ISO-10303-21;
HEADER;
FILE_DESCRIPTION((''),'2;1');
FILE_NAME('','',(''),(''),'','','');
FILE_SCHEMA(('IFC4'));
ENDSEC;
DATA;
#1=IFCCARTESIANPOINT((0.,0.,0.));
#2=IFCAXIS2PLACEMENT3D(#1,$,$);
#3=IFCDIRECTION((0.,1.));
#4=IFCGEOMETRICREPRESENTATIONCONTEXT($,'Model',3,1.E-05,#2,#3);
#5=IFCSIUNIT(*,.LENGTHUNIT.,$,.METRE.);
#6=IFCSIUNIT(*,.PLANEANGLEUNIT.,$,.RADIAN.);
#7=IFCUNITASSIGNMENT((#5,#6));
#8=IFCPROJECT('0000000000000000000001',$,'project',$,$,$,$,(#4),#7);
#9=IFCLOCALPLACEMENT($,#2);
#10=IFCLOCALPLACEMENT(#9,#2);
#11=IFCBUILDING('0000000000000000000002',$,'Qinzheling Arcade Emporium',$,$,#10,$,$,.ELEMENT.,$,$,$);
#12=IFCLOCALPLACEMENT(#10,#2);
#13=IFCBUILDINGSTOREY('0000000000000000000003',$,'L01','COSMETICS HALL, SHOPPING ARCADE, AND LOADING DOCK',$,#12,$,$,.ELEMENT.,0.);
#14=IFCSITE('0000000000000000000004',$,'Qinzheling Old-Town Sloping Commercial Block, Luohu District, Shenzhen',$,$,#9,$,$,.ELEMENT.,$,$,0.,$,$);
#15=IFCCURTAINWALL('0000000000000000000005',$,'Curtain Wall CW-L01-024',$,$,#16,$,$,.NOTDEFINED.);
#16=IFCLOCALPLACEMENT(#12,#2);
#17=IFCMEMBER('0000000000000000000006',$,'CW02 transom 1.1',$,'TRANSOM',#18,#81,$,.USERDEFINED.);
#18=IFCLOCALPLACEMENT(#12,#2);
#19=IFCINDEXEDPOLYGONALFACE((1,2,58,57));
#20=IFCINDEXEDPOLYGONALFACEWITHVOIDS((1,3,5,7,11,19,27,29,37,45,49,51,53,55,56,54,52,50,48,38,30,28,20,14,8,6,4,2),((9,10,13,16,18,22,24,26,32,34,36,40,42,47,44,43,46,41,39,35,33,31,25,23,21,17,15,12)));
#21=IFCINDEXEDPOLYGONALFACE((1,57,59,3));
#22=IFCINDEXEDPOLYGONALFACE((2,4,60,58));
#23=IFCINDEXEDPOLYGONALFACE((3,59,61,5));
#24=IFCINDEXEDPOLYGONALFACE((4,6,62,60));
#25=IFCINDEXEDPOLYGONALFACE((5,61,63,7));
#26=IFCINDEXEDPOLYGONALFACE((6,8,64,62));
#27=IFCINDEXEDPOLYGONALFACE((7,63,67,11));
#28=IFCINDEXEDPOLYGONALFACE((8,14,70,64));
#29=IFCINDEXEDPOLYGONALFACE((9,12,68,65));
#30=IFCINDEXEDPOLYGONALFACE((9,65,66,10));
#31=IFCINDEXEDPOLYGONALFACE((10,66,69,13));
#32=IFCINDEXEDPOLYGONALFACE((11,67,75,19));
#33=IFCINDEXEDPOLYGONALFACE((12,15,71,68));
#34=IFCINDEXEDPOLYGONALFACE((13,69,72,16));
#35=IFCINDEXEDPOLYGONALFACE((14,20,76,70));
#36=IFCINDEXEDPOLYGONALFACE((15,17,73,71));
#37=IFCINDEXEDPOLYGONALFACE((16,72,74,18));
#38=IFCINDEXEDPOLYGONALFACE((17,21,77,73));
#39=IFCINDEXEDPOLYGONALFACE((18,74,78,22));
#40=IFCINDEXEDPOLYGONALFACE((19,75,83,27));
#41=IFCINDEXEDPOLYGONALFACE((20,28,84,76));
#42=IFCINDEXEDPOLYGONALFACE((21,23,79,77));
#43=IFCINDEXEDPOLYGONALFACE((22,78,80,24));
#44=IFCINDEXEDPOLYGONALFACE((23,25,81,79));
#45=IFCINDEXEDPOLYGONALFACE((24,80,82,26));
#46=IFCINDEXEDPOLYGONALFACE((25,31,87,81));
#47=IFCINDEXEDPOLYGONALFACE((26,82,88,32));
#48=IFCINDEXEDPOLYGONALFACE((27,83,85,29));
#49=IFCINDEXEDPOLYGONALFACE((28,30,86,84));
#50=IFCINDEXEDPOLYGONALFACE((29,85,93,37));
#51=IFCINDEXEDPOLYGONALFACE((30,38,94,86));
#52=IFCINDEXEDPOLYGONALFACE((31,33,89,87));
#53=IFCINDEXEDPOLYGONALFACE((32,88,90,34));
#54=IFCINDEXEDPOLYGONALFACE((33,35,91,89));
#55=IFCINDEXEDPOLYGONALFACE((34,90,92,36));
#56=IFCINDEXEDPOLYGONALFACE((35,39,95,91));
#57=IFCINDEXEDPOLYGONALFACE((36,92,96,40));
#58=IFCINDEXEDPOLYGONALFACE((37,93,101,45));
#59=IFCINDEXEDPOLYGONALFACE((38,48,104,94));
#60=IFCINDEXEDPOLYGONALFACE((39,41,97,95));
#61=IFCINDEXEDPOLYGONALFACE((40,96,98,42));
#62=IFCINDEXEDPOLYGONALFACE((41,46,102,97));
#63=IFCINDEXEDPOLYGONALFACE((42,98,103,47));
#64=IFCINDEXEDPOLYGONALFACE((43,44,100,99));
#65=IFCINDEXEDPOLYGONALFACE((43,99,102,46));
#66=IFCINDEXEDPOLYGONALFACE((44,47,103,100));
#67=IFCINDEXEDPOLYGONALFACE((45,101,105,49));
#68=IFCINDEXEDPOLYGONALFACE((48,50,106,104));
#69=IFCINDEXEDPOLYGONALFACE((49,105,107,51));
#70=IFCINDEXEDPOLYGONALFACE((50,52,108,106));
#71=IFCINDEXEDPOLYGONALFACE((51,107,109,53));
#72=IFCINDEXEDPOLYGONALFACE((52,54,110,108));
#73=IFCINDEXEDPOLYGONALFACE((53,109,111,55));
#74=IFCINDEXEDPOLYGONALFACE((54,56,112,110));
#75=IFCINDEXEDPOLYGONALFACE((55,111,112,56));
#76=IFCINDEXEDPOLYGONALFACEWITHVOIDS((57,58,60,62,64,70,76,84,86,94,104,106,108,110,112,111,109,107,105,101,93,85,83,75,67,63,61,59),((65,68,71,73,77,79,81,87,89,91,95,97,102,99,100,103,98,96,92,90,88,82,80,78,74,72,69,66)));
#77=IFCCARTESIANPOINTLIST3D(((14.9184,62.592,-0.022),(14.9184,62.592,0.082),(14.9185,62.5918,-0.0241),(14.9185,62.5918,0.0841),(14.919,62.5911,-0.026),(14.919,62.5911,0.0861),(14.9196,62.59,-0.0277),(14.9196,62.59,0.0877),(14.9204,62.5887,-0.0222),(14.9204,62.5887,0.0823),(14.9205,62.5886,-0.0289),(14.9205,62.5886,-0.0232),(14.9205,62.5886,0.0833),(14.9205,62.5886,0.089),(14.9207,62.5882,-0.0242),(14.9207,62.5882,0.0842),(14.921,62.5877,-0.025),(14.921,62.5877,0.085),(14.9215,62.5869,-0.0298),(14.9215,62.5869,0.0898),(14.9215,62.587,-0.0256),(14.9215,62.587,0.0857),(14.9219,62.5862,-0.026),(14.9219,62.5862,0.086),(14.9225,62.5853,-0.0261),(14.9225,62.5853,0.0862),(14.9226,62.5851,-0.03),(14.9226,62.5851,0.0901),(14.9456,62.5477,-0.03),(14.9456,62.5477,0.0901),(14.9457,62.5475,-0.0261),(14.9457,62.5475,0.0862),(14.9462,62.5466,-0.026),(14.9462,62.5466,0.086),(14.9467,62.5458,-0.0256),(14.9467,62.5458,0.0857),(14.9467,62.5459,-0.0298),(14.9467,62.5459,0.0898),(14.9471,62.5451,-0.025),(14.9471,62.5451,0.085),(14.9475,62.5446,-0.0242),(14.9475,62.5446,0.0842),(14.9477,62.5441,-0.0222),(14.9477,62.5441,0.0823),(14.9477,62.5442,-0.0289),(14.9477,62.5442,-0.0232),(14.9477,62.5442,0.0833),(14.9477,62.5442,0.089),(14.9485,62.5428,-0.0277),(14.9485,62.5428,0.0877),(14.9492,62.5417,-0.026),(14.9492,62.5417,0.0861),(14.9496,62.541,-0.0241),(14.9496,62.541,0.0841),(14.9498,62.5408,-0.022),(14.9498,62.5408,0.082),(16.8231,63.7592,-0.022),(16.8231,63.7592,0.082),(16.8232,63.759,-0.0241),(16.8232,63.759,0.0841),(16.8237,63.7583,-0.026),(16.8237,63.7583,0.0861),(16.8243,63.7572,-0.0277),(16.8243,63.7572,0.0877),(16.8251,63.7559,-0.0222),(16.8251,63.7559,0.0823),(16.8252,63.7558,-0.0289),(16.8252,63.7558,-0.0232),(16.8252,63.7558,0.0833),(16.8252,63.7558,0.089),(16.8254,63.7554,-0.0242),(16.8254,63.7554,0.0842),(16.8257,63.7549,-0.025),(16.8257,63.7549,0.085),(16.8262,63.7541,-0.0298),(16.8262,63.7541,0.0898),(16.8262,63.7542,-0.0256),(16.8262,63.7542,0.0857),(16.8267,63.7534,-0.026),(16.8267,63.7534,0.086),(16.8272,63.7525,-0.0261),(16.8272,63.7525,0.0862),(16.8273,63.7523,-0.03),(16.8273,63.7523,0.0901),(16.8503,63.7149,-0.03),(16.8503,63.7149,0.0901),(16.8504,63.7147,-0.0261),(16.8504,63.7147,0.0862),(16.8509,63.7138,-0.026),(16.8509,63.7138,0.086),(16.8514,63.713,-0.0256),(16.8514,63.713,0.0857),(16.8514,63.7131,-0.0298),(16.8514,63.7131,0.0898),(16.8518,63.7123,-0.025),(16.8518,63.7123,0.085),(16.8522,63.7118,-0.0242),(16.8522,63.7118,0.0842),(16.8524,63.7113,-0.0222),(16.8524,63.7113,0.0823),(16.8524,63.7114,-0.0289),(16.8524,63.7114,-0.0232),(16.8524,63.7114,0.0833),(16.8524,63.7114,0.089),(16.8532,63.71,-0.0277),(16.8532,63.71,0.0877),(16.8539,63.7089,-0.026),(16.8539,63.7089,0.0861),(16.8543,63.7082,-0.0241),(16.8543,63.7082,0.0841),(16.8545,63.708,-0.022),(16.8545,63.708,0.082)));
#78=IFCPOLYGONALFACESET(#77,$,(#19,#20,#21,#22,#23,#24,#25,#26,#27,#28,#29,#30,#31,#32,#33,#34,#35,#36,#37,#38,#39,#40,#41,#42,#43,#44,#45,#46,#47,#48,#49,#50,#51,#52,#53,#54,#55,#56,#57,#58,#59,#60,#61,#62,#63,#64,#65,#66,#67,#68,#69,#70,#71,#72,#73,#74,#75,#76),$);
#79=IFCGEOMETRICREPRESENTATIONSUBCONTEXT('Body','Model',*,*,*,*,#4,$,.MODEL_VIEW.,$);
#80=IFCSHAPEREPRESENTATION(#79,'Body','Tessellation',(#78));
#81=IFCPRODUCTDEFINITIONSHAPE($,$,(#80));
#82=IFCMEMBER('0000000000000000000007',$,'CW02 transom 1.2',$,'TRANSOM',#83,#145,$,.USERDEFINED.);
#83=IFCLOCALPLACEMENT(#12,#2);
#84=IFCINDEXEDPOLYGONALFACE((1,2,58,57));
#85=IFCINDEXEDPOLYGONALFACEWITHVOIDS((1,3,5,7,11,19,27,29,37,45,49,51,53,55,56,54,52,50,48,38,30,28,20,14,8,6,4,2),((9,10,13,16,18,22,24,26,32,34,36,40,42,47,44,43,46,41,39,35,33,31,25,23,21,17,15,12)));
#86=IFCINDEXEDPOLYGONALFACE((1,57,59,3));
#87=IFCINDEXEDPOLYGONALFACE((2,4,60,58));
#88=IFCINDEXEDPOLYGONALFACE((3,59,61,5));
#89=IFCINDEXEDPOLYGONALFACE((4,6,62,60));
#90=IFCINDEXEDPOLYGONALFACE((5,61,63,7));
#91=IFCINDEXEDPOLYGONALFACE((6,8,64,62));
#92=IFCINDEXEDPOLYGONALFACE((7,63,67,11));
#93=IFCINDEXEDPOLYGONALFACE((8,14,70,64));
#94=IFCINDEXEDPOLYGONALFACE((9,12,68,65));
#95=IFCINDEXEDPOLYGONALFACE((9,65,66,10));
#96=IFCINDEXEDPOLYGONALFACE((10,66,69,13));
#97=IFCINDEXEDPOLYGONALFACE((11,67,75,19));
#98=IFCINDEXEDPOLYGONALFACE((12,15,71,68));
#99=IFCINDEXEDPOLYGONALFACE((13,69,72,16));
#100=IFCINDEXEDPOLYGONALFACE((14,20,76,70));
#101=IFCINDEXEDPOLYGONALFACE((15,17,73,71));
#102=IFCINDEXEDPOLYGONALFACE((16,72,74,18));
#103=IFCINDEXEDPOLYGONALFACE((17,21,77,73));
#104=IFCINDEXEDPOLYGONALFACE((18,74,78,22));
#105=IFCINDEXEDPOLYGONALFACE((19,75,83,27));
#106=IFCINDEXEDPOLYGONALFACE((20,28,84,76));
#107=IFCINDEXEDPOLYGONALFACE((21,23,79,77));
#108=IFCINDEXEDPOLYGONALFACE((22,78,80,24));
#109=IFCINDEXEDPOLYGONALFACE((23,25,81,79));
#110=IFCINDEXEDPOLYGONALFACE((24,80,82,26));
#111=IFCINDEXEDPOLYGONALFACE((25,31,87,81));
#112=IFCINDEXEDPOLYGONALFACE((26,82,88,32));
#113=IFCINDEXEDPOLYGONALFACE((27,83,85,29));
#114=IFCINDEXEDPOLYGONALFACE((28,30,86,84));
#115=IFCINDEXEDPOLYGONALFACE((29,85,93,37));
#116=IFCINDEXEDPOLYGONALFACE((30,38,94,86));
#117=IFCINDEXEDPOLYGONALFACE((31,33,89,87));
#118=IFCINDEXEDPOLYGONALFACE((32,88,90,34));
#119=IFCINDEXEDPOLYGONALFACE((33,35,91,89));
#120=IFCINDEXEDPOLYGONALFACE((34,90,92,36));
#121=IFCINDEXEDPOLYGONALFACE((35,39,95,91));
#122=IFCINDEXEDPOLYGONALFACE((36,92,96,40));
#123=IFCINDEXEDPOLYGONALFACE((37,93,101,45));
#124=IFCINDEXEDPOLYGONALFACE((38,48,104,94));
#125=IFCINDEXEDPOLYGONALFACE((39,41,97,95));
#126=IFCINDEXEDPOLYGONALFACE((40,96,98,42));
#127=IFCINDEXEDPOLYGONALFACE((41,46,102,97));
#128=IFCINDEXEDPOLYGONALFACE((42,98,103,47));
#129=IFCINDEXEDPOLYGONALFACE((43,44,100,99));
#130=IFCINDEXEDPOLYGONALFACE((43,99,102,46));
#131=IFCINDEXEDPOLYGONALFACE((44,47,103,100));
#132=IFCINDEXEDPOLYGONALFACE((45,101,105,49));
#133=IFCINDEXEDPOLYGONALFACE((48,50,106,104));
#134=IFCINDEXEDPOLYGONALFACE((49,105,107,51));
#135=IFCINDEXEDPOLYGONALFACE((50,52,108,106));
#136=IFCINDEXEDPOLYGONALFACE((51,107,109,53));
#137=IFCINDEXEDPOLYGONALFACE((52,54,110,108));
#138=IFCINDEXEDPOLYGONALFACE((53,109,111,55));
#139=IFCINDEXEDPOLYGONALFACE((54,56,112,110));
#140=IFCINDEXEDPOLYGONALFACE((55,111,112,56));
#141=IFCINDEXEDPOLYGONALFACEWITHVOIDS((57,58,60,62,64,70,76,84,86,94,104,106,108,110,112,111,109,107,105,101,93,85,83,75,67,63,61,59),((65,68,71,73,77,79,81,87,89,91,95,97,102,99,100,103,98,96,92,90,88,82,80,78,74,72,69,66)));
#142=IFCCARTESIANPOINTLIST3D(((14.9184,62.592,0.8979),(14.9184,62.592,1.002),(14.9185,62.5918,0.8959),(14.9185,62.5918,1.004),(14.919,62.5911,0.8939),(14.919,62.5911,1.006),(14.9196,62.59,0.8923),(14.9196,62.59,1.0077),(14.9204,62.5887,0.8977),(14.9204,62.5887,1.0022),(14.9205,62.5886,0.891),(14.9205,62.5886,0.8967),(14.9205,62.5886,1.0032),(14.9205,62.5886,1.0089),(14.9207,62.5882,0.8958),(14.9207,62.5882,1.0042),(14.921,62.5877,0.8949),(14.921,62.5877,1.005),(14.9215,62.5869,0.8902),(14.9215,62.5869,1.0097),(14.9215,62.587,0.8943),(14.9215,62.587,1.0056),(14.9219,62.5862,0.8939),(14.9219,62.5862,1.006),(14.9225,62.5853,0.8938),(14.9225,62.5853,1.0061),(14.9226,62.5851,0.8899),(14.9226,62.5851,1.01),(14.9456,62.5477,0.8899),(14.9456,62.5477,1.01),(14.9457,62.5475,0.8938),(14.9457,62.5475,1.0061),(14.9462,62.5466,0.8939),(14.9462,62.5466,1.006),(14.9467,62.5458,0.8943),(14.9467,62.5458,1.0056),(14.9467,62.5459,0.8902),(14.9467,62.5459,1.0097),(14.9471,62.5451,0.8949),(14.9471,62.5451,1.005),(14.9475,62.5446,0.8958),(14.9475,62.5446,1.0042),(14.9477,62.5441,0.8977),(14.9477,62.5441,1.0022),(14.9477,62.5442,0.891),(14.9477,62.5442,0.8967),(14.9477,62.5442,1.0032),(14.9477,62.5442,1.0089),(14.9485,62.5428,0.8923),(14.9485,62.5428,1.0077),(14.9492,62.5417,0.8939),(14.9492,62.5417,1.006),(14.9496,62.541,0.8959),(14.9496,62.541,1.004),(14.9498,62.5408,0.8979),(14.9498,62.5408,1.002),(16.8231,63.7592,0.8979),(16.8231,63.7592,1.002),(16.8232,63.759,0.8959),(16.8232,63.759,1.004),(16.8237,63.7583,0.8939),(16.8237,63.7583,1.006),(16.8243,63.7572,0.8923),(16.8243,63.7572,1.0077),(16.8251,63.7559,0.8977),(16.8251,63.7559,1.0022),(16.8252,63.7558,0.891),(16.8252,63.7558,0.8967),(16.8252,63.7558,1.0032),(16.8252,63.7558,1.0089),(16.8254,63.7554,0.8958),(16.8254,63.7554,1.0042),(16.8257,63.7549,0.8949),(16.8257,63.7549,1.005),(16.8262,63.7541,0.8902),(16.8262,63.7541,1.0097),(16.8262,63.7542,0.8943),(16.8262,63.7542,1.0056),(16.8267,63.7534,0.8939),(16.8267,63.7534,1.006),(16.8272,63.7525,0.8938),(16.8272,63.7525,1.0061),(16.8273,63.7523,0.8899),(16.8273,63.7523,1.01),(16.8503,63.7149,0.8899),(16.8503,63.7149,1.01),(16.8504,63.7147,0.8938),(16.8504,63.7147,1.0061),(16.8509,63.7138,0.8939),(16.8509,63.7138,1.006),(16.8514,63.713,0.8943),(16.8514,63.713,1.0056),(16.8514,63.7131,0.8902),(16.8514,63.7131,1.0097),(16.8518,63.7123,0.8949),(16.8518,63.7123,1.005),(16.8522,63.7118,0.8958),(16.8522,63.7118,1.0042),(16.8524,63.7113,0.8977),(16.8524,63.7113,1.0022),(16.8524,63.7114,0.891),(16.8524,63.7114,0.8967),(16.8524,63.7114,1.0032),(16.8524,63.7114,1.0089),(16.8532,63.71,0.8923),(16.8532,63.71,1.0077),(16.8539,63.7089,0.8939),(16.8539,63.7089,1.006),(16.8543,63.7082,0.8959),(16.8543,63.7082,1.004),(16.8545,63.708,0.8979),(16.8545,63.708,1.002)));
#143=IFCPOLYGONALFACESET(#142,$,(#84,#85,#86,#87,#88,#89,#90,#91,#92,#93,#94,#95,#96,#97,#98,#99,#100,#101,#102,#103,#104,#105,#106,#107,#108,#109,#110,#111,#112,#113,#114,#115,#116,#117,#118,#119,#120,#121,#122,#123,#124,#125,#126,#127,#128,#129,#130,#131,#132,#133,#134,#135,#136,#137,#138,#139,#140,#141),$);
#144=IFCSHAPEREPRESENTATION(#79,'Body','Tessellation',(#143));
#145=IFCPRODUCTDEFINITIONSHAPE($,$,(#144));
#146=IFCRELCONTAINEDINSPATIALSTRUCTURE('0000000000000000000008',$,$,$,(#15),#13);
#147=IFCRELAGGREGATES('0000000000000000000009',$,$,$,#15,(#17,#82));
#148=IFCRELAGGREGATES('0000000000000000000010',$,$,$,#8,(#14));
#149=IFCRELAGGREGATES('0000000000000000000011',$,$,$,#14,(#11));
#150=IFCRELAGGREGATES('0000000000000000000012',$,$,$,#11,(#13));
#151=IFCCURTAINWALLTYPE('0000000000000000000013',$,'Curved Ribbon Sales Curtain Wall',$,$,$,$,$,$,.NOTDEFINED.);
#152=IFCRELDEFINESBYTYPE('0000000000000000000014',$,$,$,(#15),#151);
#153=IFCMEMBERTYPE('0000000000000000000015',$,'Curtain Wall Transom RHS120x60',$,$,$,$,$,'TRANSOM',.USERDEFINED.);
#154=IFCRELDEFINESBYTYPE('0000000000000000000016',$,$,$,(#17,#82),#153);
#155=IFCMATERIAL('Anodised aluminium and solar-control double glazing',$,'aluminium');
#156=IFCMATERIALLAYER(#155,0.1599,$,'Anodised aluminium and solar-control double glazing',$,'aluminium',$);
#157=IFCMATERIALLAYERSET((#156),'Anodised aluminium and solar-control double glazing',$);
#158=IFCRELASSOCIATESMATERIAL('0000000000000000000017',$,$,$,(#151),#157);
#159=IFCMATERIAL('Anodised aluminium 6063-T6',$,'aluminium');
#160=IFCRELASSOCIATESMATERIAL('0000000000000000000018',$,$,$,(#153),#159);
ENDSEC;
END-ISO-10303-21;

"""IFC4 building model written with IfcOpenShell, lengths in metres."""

from ifc_helpers import new_model, si_unit, direction, frame, origin, origin_2d, place, context, subcontext, project, spatial, hollow_rectangle, extrude, material, layer, layer_set, material_profile, profile_set, type_object, element, aggregate, save


model = new_model("IFC4")

# Units and contexts
model_context = context("Model", 3, precision=1e-05, world=origin(), true_north=direction((0.0, 1.0)))
body_context = subcontext(model_context, "Body", "Model", "MODEL_VIEW")
ifc_project = project(units=[si_unit("LENGTHUNIT", "METRE"), si_unit("PLANEANGLEUNIT", "RADIAN")], contexts=[model_context])

# Site, building, storey
site_placement = place(None, origin())
site = spatial("IfcSite", under=ifc_project, at=site_placement, Name="Qinzheling Old-Town Sloping Commercial Block, Luohu District, Shenzhen", CompositionType="ELEMENT", RefElevation=0.0)
building_placement = place(site_placement, origin())
building = spatial("IfcBuilding", under=site, at=building_placement, Name="Qinzheling Arcade Emporium", CompositionType="ELEMENT")
storey_placement = place(building_placement, origin())
storey = spatial("IfcBuildingStorey", under=building, at=storey_placement, Name="L01", Description="COSMETICS HALL, SHOPPING ARCADE, AND LOADING DOCK", CompositionType="ELEMENT", Elevation=0.0)

# Curtain wall
ifc_material_1 = material(Name="Anodised aluminium and solar-control double glazing", Category="aluminium")
ifc_layer_1 = layer(ifc_material_1, 0.1599, Name="Anodised aluminium and solar-control double glazing", Category="aluminium")
ifc_layer_set_1 = layer_set([ifc_layer_1], Name="Anodised aluminium and solar-control double glazing")
curtain_wall_type = type_object("IfcCurtainWallType", Name="Curved Ribbon Sales Curtain Wall", PredefinedType="NOTDEFINED", material=ifc_layer_set_1)
curtain_wall_1_placement = place(storey_placement, origin())
curtain_wall_1 = element("IfcCurtainWall", 1, at=curtain_wall_1_placement, inside=storey, type_object=curtain_wall_type, Name="Curtain Wall CW-L01-024", PredefinedType="NOTDEFINED")
ifc_material_2 = material(Name="Anodised aluminium 6063-T6", Category="aluminium")

# Members
ifc_material_profile_1 = material_profile(ifc_material_2, hollow_rectangle(XDim=0.0601, YDim=0.1201, WallThickness=0.0039, InnerFilletRadius=0.0039, OuterFilletRadius=0.0081, at=origin_2d()), Name="RHS 120x60x4", Category="aluminium")
ifc_profile_set_1 = profile_set([ifc_material_profile_1], Name="Anodised aluminium 6063-T6")
member_type_1 = type_object("IfcMemberType", Name="Curtain Wall Transom RHS120x60", ElementType="TRANSOM", PredefinedType="USERDEFINED", material=ifc_profile_set_1)
member_1_placement = place(storey_placement, frame((14.9341, 62.5664, 0.03), z_axis=(0.852644, 0.522493, 0.0), x_axis=(-0.522493, 0.852644, 0.0)))
member_1 = element("IfcMember", 2, at=member_1_placement, type_object=member_type_1, Name="CW02 transom 1.1", ObjectType="TRANSOM", PredefinedType="USERDEFINED", context=body_context, shape_type="SweptSolid", body=[
    extrude(hollow_rectangle(XDim=0.0601, YDim=0.1201, WallThickness=0.0039, InnerFilletRadius=0.0039, OuterFilletRadius=0.0081, at=origin_2d()), origin(), (0.0, 0.0, 1.0), 2.2339),
])
member_2_placement = place(storey_placement, frame((14.9341, 62.5664, 0.95), z_axis=(0.852644, 0.522493, 0.0), x_axis=(-0.522493, 0.852644, 0.0)))
member_2 = element("IfcMember", 3, at=member_2_placement, type_object=member_type_1, Name="CW02 transom 1.2", ObjectType="TRANSOM", PredefinedType="USERDEFINED", context=body_context, shape_type="SweptSolid", body=[
    extrude(hollow_rectangle(XDim=0.0601, YDim=0.1201, WallThickness=0.0039, InnerFilletRadius=0.0039, OuterFilletRadius=0.0081, at=origin_2d()), origin(), (0.0, 0.0, 1.0), 2.2339),
])

aggregate(curtain_wall_1, [member_1, member_2])

save(model, "model.ifc")
